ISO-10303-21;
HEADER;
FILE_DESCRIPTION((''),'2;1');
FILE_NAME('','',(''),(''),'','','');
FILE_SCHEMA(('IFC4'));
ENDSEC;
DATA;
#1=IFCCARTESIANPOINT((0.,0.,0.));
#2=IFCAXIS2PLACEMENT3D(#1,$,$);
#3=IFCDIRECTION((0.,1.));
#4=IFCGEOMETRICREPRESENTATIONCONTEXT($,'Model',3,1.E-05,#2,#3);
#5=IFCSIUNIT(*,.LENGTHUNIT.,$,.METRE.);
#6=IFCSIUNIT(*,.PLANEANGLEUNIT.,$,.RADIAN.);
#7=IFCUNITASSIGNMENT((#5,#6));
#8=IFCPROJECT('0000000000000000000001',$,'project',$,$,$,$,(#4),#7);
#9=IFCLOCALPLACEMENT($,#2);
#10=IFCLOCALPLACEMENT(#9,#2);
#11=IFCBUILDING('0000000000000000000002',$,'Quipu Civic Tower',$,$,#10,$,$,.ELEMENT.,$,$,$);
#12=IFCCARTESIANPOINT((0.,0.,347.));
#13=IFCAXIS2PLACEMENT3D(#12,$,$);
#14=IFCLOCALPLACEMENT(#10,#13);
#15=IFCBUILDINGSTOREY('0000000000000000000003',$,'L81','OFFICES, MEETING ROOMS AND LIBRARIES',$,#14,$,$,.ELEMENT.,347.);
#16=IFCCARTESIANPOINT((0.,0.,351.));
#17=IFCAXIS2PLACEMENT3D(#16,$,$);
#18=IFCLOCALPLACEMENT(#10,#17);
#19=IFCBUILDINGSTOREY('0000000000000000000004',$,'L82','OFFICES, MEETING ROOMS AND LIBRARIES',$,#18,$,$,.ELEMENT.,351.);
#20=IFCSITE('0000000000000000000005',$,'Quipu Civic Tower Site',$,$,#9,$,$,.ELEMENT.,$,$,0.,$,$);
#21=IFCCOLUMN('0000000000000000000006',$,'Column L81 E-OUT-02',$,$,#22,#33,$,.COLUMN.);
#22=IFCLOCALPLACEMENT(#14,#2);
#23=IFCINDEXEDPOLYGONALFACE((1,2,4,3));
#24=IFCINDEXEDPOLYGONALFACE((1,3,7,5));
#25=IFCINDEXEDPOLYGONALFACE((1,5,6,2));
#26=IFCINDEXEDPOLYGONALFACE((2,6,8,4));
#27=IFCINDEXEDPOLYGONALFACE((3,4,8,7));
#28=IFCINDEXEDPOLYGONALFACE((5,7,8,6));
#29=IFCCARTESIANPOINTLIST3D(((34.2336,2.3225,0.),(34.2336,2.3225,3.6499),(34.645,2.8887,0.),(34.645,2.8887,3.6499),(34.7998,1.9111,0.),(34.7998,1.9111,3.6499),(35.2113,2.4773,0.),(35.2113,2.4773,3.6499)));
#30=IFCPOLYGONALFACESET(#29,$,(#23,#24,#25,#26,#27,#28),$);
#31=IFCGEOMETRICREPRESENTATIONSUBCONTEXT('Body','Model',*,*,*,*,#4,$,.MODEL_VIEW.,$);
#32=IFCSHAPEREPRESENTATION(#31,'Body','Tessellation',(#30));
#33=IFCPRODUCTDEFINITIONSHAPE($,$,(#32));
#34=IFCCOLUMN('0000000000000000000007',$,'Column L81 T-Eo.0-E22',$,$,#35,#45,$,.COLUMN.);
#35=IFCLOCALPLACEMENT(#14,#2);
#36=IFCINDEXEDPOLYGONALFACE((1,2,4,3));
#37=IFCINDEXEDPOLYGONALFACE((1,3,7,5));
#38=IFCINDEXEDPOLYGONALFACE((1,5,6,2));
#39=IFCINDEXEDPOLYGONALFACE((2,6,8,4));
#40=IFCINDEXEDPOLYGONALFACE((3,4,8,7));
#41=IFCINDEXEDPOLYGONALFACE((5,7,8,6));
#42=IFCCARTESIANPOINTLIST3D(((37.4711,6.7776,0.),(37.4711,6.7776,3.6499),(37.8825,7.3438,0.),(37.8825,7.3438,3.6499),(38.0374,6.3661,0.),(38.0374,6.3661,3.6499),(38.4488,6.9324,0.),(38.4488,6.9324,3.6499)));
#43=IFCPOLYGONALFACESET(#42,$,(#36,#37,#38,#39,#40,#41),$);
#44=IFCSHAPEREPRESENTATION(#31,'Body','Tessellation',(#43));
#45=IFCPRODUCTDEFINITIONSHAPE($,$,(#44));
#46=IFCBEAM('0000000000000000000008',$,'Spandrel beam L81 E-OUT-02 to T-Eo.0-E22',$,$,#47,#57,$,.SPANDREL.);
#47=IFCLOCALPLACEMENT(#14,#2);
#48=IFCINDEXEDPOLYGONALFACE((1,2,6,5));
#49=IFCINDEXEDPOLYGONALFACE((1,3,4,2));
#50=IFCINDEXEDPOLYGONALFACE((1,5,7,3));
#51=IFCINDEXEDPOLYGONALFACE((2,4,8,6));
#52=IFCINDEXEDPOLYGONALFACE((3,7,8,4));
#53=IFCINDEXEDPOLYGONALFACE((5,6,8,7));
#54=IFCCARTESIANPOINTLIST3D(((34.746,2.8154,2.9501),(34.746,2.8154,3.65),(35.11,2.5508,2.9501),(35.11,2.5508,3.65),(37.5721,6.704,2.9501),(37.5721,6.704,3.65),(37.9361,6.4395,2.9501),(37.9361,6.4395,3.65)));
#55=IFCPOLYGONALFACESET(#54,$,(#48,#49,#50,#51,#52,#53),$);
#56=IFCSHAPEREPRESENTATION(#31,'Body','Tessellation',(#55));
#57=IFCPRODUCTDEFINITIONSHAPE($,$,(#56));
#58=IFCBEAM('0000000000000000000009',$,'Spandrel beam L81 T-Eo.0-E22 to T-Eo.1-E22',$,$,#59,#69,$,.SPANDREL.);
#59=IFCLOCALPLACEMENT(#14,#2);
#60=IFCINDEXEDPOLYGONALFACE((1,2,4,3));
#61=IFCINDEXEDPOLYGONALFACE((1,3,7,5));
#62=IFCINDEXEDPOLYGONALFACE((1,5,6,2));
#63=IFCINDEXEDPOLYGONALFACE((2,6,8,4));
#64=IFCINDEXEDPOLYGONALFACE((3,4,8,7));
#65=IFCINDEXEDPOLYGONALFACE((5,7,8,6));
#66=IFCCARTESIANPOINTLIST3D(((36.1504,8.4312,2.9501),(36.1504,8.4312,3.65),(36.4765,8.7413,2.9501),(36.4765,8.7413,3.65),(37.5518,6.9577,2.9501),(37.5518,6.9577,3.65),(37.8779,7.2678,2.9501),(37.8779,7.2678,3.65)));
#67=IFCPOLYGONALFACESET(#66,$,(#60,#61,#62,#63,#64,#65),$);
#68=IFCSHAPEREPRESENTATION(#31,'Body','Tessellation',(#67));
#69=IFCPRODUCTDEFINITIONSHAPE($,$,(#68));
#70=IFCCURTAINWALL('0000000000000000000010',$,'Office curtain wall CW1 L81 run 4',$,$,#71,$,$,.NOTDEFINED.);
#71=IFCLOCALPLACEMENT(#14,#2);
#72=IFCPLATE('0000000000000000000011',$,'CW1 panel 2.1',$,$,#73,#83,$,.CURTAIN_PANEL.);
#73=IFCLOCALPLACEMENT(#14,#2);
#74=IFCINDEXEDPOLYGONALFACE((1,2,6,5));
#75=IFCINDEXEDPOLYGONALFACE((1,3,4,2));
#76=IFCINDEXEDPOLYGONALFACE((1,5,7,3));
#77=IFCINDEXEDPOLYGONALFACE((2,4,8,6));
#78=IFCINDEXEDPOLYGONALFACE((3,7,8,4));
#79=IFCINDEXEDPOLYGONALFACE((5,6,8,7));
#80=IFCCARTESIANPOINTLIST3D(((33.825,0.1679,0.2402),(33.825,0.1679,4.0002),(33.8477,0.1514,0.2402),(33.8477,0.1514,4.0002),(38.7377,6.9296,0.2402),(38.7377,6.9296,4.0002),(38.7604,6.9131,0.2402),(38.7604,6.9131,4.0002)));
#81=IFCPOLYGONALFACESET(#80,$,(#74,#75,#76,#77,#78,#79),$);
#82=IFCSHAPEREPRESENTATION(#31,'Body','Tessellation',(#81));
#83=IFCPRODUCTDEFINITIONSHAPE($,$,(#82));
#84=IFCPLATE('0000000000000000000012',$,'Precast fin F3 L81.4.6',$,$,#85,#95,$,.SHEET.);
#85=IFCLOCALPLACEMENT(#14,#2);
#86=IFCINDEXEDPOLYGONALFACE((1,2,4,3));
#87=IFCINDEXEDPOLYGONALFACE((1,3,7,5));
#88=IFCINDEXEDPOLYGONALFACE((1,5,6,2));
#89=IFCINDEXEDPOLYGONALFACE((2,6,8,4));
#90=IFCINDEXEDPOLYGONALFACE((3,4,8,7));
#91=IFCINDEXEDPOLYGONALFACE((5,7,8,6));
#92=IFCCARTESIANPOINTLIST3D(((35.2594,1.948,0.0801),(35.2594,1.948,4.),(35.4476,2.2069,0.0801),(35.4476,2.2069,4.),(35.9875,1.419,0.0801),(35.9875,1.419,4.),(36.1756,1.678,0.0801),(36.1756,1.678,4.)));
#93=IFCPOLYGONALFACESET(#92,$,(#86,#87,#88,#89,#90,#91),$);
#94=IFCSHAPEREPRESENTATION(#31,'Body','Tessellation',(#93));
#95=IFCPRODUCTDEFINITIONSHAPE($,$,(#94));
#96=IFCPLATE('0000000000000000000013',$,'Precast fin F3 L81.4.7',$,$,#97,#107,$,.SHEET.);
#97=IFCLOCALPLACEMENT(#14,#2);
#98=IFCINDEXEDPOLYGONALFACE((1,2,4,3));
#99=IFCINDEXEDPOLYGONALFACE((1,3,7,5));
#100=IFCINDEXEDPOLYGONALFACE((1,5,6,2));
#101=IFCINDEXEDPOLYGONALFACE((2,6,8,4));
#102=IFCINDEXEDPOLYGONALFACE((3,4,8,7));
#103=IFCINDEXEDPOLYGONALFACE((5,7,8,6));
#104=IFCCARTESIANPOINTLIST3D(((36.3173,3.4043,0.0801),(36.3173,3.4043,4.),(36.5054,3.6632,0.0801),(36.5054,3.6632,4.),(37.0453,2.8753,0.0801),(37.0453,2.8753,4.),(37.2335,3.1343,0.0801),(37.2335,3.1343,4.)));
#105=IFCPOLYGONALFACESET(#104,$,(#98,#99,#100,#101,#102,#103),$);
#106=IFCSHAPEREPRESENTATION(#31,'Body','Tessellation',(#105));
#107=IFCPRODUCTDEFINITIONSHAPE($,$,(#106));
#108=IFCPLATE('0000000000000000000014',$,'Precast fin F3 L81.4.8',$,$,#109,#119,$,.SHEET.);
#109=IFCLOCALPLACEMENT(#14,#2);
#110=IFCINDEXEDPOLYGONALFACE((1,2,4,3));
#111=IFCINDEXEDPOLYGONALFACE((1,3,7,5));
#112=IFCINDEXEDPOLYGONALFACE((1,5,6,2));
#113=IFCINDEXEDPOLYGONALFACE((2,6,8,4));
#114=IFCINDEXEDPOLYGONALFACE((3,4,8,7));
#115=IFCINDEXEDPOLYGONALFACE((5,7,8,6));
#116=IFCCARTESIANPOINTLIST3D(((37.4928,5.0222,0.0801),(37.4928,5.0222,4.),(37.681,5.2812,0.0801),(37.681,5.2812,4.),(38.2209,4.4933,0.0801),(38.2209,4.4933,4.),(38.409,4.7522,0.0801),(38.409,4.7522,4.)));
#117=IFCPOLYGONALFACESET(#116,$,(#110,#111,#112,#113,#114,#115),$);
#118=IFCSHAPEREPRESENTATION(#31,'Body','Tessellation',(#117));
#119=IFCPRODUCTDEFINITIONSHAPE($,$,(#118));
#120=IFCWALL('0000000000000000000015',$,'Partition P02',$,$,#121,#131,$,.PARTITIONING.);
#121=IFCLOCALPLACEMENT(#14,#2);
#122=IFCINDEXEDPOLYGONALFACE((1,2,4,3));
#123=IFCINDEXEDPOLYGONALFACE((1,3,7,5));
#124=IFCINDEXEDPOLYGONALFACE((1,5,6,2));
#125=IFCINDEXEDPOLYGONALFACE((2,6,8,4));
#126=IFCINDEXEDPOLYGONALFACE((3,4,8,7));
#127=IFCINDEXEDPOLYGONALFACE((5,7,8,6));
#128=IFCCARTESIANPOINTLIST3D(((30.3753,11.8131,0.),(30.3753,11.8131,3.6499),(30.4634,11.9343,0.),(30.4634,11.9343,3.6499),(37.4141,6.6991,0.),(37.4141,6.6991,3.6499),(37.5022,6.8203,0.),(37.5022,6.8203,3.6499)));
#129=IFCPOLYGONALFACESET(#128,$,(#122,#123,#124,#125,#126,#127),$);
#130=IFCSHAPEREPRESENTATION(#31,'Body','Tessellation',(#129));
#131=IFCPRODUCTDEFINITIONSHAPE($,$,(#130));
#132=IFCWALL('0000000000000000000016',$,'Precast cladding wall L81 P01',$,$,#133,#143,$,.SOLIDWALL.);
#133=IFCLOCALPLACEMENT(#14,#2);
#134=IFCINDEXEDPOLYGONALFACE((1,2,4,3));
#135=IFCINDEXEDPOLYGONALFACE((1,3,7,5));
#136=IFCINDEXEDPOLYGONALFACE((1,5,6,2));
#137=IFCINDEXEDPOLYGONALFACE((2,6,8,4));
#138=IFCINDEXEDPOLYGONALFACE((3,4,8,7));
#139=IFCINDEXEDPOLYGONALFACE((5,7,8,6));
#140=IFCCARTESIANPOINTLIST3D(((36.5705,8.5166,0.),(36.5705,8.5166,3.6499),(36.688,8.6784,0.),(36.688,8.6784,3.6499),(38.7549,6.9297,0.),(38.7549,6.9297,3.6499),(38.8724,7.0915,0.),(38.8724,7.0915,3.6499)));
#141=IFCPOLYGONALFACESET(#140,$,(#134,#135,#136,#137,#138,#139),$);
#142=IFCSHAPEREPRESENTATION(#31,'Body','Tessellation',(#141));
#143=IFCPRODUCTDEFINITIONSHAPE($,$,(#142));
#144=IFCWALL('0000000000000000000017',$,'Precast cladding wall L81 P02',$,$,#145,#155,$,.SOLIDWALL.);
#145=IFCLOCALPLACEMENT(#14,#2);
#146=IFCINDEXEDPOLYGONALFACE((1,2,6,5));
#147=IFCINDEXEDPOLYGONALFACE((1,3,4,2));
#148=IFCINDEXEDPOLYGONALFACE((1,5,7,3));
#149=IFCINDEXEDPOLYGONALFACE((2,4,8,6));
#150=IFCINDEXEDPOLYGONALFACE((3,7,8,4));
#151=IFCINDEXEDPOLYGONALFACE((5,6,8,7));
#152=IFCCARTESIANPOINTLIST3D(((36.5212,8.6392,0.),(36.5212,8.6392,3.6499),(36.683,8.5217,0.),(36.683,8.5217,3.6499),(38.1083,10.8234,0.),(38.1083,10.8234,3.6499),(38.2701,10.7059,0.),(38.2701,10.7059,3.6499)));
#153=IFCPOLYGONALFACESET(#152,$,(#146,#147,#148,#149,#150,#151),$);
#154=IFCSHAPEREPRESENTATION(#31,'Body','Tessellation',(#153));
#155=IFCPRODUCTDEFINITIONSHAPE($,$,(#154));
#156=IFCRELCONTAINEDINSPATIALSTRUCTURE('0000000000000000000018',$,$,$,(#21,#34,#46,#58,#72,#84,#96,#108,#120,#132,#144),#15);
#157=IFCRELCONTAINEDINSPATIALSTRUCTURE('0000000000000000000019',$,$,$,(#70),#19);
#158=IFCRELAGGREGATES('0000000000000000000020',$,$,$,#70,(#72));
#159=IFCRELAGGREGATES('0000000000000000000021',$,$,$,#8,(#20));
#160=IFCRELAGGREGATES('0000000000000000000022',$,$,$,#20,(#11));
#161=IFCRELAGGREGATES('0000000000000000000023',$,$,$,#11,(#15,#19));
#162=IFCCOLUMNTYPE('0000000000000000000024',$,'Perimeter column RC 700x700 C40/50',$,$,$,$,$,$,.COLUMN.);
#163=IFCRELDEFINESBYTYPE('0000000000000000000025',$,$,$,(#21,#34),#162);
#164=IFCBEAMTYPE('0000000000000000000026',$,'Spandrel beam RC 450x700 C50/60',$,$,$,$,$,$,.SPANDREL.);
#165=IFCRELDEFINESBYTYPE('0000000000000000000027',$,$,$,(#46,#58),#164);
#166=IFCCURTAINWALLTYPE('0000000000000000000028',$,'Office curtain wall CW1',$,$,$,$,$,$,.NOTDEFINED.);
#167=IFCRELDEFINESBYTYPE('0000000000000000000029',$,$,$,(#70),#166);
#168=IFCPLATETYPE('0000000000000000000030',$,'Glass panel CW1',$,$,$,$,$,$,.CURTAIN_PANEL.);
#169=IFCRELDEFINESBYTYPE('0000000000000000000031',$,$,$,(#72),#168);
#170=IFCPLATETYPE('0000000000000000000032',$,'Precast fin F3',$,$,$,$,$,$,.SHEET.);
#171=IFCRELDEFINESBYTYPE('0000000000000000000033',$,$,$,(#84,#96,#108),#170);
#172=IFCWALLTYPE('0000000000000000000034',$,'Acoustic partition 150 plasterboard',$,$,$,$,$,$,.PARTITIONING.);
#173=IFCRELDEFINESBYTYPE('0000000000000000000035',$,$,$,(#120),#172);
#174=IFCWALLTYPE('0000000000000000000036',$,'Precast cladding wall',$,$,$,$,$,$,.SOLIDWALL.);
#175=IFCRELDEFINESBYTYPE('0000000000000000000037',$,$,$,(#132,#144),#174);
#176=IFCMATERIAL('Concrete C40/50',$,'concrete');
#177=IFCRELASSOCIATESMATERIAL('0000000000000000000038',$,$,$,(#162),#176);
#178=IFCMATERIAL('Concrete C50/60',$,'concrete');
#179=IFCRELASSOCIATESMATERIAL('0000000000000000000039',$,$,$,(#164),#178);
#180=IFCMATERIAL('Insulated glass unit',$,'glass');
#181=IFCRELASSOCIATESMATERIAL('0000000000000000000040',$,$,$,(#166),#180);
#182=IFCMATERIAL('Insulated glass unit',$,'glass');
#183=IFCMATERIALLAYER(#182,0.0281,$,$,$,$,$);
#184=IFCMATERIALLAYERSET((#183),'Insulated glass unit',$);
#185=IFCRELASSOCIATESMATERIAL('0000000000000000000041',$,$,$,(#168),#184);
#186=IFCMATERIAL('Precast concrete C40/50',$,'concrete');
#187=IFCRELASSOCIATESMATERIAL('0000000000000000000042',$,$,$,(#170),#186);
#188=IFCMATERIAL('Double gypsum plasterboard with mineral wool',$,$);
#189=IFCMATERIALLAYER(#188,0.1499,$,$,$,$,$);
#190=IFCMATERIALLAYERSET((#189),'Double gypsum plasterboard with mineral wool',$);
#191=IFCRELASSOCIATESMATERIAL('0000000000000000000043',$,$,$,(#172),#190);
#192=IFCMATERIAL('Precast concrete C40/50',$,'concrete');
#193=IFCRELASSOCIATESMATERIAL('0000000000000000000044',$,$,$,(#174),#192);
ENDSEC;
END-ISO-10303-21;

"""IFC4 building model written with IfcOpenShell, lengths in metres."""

from ifc_helpers import new_model, si_unit, direction, frame, frame_2d, origin, origin_2d, place, context, subcontext, project, spatial, rectangle, extrude, material, layer, layer_set, material_profile, profile_set, type_object, element, aggregate, save


model = new_model("IFC4")

# Units and contexts
model_context = context("Model", 3, precision=1e-05, world=origin(), true_north=direction((0.0, 1.0)))
body_context = subcontext(model_context, "Body", "Model", "MODEL_VIEW")
ifc_project = project(units=[si_unit("LENGTHUNIT", "METRE"), si_unit("PLANEANGLEUNIT", "RADIAN")], contexts=[model_context])

# Site, building, storey
site_placement = place(None, origin())
site = spatial("IfcSite", under=ifc_project, at=site_placement, Name="Quipu Civic Tower Site", CompositionType="ELEMENT", RefElevation=0.0)
building_placement = place(site_placement, origin())
building = spatial("IfcBuilding", under=site, at=building_placement, Name="Quipu Civic Tower", CompositionType="ELEMENT")
storey_1_placement = place(building_placement, frame((0.0, 0.0, 347.0)))
storey_1 = spatial("IfcBuildingStorey", under=building, at=storey_1_placement, Name="L81", Description="OFFICES, MEETING ROOMS AND LIBRARIES", CompositionType="ELEMENT", Elevation=347.0)

# Columns
ifc_material_1 = material(Name="Concrete C40/50", Category="concrete")
ifc_material_profile_1 = material_profile(ifc_material_1, rectangle(XDim=0.7, YDim=0.7, at=origin_2d()), Name="RC700x700")
ifc_profile_set_1 = profile_set([ifc_material_profile_1], Name="Concrete C40/50")
column_type = type_object("IfcColumnType", Name="Perimeter column RC 700x700 C40/50", PredefinedType="COLUMN", material=ifc_profile_set_1)
for number, where, z_axis, x_axis, name in (
    (1, (34.7224, 2.3999, 0.0), (0.0, 0.0, 1.0), (0.587785, 0.809017, 0.0), "Column L81 E-OUT-02"),
    (2, (37.96, 6.855, 0.0), (0.0, 0.0, 1.0), (0.587785, 0.809017, 0.0), "Column L81 T-Eo.0-E22"),
):
    element("IfcColumn", number, at=place(storey_1_placement, frame(where, z_axis=z_axis, x_axis=x_axis)), inside=storey_1, type_object=column_type, Name=name, PredefinedType="COLUMN", context=body_context, shape_type="SweptSolid", body=[
        extrude(rectangle(XDim=0.7, YDim=0.7, at=origin_2d()), origin(), (0.0, 0.0, 1.0), 3.6499),
    ])

# Beams
ifc_material_2 = material(Name="Concrete C50/60", Category="concrete")
ifc_material_profile_2 = material_profile(ifc_material_2, rectangle(XDim=0.45, YDim=0.7, at=origin_2d()), Name="RC450x700")
ifc_profile_set_2 = profile_set([ifc_material_profile_2], Name="Concrete C50/60")
beam_type = type_object("IfcBeamType", Name="Spandrel beam RC 450x700 C50/60", PredefinedType="SPANDREL", material=ifc_profile_set_2)
beam_1_placement = place(storey_1_placement, frame((34.928, 2.6831, 3.3), z_axis=(0.587906, 0.808929, 0.0), x_axis=(-0.808929, 0.587906, 0.0)))
element("IfcBeam", 3, at=beam_1_placement, inside=storey_1, type_object=beam_type, Name="Spandrel beam L81 E-OUT-02 to T-Eo.0-E22", PredefinedType="SPANDREL", context=body_context, shape_type="SweptSolid", body=[
    extrude(rectangle(XDim=0.45, YDim=0.7, at=origin_2d()), origin(), (0.0, 0.0, 1.0), 4.8071),
])
beam_2_placement = place(storey_1_placement, frame((37.7148, 7.1128, 3.3), z_axis=(-0.689175, 0.724595, 0.0), x_axis=(-0.724595, -0.689175, 0.0)))
element("IfcBeam", 4, at=beam_2_placement, inside=storey_1, type_object=beam_type, Name="Spandrel beam L81 T-Eo.0-E22 to T-Eo.1-E22", PredefinedType="SPANDREL", context=body_context, shape_type="SweptSolid", body=[
    extrude(rectangle(XDim=0.45, YDim=0.7, at=origin_2d()), origin(), (0.0, 0.0, 1.0), 2.0334),
])

# Shared definitions
storey_2_placement = place(building_placement, frame((0.0, 0.0, 351.0)))
storey_2 = spatial("IfcBuildingStorey", under=building, at=storey_2_placement, Name="L82", Description="OFFICES, MEETING ROOMS AND LIBRARIES", CompositionType="ELEMENT", Elevation=351.0)

# Curtain wall, plate
ifc_material_3 = material(Name="Insulated glass unit", Category="glass")
curtain_wall_type = type_object("IfcCurtainWallType", Name="Office curtain wall CW1", PredefinedType="NOTDEFINED", material=ifc_material_3)
curtain_wall_placement = place(storey_2_placement, origin())
curtain_wall = element("IfcCurtainWall", 5, at=curtain_wall_placement, inside=storey_2, type_object=curtain_wall_type, Name="Office curtain wall CW1 L81 run 4", PredefinedType="NOTDEFINED")
ifc_material_4 = material(Name="Insulated glass unit", Category="glass")
ifc_layer_1 = layer(ifc_material_4, 0.0281)
ifc_layer_set_1 = layer_set([ifc_layer_1], Name="Insulated glass unit")
plate_type_1 = type_object("IfcPlateType", Name="Glass panel CW1", PredefinedType="CURTAIN_PANEL", material=ifc_layer_set_1)
plate_placement = place(storey_1_placement, frame((36.2927, 3.5405, 0.2402), z_axis=(0.0, 0.0, 1.0), x_axis=(0.587786, 0.809016, 0.0)))
plate = element("IfcPlate", 6, at=plate_placement, inside=storey_1, type_object=plate_type_1, Name="CW1 panel 2.1", PredefinedType="CURTAIN_PANEL", context=body_context, shape_type="SweptSolid", body=[
    extrude(rectangle(XDim=8.3579, YDim=0.0281, at=origin_2d()), origin(), (0.0, 0.0, 1.0), 3.76),
])
aggregate(curtain_wall, [plate])

# Plates
ifc_material_5 = material(Name="Precast concrete C40/50", Category="concrete")
plate_type_2 = type_object("IfcPlateType", Name="Precast fin F3", PredefinedType="SHEET", material=ifc_material_5)
for number, where, z_axis, x_axis, name in (
    (7, (35.7175, 1.813, 0.0801), (0.0, 0.0, 1.0), (0.587787, 0.809016, 0.0), "Precast fin F3 L81.4.6"),
    (8, (36.7754, 3.2693, 0.0801), (0.0, 0.0, 1.0), (0.587787, 0.809016, 0.0), "Precast fin F3 L81.4.7"),
    (9, (37.9509, 4.8872, 0.0801), (0.0, 0.0, 1.0), (0.587787, 0.809016, 0.0), "Precast fin F3 L81.4.8"),
):
    element("IfcPlate", number, at=place(storey_1_placement, frame(where, z_axis=z_axis, x_axis=x_axis)), inside=storey_1, type_object=plate_type_2, Name=name, PredefinedType="SHEET", context=body_context, shape_type="SweptSolid", body=[
        extrude(rectangle(XDim=0.3201, YDim=0.8999, at=origin_2d()), origin(), (0.0, 0.0, 1.0), 3.9199),
    ])

# Walls
ifc_material_6 = material(Name="Double gypsum plasterboard with mineral wool")
ifc_layer_2 = layer(ifc_material_6, 0.1499)
ifc_layer_set_2 = layer_set([ifc_layer_2], Name="Double gypsum plasterboard with mineral wool")
wall_type_1 = type_object("IfcWallType", Name="Acoustic partition 150 plasterboard", PredefinedType="PARTITIONING", material=ifc_layer_set_2)
wall_placement = place(storey_1_placement, frame((37.458, 6.7598, 0.0), z_axis=(0.0, 0.0, 1.0), x_axis=(-0.809016, 0.587786, 0.0)))
element("IfcWall", 10, at=wall_placement, inside=storey_1, type_object=wall_type_1, Name="Partition P02", PredefinedType="PARTITIONING", context=body_context, shape_type="SweptSolid", body=[
    extrude(rectangle(XDim=8.7004, YDim=0.1499, at=frame_2d((4.3501, 0.0))), origin(), (0.0, 0.0, 1.0), 3.6499),
])
ifc_material_7 = material(Name="Precast concrete C40/50", Category="concrete")
wall_type_2 = type_object("IfcWallType", Name="Precast cladding wall", PredefinedType="SOLIDWALL", material=ifc_material_7)
for number, where, z_axis, x_axis, name in (
    (11, (38.8137, 7.0105, 0.0), (0.0, 0.0, 1.0), (-0.809033, 0.587763, 0.0), "Precast cladding wall L81 P01"),
    (12, (36.6021, 8.5803, 0.0), (0.0, 0.0, 1.0), (0.587822, 0.80899, 0.0), "Precast cladding wall L81 P02"),
):
    element("IfcWall", number, at=place(storey_1_placement, frame(where, z_axis=z_axis, x_axis=x_axis)), inside=storey_1, type_object=wall_type_2, Name=name, PredefinedType="SOLIDWALL", context=body_context, shape_type="SweptSolid", body=[
        extrude(rectangle(XDim=2.7, YDim=0.2, at=frame_2d((1.3501, 0.0))), origin(), (0.0, 0.0, 1.0), 3.6499),
    ])

save(model, "model.ifc")
